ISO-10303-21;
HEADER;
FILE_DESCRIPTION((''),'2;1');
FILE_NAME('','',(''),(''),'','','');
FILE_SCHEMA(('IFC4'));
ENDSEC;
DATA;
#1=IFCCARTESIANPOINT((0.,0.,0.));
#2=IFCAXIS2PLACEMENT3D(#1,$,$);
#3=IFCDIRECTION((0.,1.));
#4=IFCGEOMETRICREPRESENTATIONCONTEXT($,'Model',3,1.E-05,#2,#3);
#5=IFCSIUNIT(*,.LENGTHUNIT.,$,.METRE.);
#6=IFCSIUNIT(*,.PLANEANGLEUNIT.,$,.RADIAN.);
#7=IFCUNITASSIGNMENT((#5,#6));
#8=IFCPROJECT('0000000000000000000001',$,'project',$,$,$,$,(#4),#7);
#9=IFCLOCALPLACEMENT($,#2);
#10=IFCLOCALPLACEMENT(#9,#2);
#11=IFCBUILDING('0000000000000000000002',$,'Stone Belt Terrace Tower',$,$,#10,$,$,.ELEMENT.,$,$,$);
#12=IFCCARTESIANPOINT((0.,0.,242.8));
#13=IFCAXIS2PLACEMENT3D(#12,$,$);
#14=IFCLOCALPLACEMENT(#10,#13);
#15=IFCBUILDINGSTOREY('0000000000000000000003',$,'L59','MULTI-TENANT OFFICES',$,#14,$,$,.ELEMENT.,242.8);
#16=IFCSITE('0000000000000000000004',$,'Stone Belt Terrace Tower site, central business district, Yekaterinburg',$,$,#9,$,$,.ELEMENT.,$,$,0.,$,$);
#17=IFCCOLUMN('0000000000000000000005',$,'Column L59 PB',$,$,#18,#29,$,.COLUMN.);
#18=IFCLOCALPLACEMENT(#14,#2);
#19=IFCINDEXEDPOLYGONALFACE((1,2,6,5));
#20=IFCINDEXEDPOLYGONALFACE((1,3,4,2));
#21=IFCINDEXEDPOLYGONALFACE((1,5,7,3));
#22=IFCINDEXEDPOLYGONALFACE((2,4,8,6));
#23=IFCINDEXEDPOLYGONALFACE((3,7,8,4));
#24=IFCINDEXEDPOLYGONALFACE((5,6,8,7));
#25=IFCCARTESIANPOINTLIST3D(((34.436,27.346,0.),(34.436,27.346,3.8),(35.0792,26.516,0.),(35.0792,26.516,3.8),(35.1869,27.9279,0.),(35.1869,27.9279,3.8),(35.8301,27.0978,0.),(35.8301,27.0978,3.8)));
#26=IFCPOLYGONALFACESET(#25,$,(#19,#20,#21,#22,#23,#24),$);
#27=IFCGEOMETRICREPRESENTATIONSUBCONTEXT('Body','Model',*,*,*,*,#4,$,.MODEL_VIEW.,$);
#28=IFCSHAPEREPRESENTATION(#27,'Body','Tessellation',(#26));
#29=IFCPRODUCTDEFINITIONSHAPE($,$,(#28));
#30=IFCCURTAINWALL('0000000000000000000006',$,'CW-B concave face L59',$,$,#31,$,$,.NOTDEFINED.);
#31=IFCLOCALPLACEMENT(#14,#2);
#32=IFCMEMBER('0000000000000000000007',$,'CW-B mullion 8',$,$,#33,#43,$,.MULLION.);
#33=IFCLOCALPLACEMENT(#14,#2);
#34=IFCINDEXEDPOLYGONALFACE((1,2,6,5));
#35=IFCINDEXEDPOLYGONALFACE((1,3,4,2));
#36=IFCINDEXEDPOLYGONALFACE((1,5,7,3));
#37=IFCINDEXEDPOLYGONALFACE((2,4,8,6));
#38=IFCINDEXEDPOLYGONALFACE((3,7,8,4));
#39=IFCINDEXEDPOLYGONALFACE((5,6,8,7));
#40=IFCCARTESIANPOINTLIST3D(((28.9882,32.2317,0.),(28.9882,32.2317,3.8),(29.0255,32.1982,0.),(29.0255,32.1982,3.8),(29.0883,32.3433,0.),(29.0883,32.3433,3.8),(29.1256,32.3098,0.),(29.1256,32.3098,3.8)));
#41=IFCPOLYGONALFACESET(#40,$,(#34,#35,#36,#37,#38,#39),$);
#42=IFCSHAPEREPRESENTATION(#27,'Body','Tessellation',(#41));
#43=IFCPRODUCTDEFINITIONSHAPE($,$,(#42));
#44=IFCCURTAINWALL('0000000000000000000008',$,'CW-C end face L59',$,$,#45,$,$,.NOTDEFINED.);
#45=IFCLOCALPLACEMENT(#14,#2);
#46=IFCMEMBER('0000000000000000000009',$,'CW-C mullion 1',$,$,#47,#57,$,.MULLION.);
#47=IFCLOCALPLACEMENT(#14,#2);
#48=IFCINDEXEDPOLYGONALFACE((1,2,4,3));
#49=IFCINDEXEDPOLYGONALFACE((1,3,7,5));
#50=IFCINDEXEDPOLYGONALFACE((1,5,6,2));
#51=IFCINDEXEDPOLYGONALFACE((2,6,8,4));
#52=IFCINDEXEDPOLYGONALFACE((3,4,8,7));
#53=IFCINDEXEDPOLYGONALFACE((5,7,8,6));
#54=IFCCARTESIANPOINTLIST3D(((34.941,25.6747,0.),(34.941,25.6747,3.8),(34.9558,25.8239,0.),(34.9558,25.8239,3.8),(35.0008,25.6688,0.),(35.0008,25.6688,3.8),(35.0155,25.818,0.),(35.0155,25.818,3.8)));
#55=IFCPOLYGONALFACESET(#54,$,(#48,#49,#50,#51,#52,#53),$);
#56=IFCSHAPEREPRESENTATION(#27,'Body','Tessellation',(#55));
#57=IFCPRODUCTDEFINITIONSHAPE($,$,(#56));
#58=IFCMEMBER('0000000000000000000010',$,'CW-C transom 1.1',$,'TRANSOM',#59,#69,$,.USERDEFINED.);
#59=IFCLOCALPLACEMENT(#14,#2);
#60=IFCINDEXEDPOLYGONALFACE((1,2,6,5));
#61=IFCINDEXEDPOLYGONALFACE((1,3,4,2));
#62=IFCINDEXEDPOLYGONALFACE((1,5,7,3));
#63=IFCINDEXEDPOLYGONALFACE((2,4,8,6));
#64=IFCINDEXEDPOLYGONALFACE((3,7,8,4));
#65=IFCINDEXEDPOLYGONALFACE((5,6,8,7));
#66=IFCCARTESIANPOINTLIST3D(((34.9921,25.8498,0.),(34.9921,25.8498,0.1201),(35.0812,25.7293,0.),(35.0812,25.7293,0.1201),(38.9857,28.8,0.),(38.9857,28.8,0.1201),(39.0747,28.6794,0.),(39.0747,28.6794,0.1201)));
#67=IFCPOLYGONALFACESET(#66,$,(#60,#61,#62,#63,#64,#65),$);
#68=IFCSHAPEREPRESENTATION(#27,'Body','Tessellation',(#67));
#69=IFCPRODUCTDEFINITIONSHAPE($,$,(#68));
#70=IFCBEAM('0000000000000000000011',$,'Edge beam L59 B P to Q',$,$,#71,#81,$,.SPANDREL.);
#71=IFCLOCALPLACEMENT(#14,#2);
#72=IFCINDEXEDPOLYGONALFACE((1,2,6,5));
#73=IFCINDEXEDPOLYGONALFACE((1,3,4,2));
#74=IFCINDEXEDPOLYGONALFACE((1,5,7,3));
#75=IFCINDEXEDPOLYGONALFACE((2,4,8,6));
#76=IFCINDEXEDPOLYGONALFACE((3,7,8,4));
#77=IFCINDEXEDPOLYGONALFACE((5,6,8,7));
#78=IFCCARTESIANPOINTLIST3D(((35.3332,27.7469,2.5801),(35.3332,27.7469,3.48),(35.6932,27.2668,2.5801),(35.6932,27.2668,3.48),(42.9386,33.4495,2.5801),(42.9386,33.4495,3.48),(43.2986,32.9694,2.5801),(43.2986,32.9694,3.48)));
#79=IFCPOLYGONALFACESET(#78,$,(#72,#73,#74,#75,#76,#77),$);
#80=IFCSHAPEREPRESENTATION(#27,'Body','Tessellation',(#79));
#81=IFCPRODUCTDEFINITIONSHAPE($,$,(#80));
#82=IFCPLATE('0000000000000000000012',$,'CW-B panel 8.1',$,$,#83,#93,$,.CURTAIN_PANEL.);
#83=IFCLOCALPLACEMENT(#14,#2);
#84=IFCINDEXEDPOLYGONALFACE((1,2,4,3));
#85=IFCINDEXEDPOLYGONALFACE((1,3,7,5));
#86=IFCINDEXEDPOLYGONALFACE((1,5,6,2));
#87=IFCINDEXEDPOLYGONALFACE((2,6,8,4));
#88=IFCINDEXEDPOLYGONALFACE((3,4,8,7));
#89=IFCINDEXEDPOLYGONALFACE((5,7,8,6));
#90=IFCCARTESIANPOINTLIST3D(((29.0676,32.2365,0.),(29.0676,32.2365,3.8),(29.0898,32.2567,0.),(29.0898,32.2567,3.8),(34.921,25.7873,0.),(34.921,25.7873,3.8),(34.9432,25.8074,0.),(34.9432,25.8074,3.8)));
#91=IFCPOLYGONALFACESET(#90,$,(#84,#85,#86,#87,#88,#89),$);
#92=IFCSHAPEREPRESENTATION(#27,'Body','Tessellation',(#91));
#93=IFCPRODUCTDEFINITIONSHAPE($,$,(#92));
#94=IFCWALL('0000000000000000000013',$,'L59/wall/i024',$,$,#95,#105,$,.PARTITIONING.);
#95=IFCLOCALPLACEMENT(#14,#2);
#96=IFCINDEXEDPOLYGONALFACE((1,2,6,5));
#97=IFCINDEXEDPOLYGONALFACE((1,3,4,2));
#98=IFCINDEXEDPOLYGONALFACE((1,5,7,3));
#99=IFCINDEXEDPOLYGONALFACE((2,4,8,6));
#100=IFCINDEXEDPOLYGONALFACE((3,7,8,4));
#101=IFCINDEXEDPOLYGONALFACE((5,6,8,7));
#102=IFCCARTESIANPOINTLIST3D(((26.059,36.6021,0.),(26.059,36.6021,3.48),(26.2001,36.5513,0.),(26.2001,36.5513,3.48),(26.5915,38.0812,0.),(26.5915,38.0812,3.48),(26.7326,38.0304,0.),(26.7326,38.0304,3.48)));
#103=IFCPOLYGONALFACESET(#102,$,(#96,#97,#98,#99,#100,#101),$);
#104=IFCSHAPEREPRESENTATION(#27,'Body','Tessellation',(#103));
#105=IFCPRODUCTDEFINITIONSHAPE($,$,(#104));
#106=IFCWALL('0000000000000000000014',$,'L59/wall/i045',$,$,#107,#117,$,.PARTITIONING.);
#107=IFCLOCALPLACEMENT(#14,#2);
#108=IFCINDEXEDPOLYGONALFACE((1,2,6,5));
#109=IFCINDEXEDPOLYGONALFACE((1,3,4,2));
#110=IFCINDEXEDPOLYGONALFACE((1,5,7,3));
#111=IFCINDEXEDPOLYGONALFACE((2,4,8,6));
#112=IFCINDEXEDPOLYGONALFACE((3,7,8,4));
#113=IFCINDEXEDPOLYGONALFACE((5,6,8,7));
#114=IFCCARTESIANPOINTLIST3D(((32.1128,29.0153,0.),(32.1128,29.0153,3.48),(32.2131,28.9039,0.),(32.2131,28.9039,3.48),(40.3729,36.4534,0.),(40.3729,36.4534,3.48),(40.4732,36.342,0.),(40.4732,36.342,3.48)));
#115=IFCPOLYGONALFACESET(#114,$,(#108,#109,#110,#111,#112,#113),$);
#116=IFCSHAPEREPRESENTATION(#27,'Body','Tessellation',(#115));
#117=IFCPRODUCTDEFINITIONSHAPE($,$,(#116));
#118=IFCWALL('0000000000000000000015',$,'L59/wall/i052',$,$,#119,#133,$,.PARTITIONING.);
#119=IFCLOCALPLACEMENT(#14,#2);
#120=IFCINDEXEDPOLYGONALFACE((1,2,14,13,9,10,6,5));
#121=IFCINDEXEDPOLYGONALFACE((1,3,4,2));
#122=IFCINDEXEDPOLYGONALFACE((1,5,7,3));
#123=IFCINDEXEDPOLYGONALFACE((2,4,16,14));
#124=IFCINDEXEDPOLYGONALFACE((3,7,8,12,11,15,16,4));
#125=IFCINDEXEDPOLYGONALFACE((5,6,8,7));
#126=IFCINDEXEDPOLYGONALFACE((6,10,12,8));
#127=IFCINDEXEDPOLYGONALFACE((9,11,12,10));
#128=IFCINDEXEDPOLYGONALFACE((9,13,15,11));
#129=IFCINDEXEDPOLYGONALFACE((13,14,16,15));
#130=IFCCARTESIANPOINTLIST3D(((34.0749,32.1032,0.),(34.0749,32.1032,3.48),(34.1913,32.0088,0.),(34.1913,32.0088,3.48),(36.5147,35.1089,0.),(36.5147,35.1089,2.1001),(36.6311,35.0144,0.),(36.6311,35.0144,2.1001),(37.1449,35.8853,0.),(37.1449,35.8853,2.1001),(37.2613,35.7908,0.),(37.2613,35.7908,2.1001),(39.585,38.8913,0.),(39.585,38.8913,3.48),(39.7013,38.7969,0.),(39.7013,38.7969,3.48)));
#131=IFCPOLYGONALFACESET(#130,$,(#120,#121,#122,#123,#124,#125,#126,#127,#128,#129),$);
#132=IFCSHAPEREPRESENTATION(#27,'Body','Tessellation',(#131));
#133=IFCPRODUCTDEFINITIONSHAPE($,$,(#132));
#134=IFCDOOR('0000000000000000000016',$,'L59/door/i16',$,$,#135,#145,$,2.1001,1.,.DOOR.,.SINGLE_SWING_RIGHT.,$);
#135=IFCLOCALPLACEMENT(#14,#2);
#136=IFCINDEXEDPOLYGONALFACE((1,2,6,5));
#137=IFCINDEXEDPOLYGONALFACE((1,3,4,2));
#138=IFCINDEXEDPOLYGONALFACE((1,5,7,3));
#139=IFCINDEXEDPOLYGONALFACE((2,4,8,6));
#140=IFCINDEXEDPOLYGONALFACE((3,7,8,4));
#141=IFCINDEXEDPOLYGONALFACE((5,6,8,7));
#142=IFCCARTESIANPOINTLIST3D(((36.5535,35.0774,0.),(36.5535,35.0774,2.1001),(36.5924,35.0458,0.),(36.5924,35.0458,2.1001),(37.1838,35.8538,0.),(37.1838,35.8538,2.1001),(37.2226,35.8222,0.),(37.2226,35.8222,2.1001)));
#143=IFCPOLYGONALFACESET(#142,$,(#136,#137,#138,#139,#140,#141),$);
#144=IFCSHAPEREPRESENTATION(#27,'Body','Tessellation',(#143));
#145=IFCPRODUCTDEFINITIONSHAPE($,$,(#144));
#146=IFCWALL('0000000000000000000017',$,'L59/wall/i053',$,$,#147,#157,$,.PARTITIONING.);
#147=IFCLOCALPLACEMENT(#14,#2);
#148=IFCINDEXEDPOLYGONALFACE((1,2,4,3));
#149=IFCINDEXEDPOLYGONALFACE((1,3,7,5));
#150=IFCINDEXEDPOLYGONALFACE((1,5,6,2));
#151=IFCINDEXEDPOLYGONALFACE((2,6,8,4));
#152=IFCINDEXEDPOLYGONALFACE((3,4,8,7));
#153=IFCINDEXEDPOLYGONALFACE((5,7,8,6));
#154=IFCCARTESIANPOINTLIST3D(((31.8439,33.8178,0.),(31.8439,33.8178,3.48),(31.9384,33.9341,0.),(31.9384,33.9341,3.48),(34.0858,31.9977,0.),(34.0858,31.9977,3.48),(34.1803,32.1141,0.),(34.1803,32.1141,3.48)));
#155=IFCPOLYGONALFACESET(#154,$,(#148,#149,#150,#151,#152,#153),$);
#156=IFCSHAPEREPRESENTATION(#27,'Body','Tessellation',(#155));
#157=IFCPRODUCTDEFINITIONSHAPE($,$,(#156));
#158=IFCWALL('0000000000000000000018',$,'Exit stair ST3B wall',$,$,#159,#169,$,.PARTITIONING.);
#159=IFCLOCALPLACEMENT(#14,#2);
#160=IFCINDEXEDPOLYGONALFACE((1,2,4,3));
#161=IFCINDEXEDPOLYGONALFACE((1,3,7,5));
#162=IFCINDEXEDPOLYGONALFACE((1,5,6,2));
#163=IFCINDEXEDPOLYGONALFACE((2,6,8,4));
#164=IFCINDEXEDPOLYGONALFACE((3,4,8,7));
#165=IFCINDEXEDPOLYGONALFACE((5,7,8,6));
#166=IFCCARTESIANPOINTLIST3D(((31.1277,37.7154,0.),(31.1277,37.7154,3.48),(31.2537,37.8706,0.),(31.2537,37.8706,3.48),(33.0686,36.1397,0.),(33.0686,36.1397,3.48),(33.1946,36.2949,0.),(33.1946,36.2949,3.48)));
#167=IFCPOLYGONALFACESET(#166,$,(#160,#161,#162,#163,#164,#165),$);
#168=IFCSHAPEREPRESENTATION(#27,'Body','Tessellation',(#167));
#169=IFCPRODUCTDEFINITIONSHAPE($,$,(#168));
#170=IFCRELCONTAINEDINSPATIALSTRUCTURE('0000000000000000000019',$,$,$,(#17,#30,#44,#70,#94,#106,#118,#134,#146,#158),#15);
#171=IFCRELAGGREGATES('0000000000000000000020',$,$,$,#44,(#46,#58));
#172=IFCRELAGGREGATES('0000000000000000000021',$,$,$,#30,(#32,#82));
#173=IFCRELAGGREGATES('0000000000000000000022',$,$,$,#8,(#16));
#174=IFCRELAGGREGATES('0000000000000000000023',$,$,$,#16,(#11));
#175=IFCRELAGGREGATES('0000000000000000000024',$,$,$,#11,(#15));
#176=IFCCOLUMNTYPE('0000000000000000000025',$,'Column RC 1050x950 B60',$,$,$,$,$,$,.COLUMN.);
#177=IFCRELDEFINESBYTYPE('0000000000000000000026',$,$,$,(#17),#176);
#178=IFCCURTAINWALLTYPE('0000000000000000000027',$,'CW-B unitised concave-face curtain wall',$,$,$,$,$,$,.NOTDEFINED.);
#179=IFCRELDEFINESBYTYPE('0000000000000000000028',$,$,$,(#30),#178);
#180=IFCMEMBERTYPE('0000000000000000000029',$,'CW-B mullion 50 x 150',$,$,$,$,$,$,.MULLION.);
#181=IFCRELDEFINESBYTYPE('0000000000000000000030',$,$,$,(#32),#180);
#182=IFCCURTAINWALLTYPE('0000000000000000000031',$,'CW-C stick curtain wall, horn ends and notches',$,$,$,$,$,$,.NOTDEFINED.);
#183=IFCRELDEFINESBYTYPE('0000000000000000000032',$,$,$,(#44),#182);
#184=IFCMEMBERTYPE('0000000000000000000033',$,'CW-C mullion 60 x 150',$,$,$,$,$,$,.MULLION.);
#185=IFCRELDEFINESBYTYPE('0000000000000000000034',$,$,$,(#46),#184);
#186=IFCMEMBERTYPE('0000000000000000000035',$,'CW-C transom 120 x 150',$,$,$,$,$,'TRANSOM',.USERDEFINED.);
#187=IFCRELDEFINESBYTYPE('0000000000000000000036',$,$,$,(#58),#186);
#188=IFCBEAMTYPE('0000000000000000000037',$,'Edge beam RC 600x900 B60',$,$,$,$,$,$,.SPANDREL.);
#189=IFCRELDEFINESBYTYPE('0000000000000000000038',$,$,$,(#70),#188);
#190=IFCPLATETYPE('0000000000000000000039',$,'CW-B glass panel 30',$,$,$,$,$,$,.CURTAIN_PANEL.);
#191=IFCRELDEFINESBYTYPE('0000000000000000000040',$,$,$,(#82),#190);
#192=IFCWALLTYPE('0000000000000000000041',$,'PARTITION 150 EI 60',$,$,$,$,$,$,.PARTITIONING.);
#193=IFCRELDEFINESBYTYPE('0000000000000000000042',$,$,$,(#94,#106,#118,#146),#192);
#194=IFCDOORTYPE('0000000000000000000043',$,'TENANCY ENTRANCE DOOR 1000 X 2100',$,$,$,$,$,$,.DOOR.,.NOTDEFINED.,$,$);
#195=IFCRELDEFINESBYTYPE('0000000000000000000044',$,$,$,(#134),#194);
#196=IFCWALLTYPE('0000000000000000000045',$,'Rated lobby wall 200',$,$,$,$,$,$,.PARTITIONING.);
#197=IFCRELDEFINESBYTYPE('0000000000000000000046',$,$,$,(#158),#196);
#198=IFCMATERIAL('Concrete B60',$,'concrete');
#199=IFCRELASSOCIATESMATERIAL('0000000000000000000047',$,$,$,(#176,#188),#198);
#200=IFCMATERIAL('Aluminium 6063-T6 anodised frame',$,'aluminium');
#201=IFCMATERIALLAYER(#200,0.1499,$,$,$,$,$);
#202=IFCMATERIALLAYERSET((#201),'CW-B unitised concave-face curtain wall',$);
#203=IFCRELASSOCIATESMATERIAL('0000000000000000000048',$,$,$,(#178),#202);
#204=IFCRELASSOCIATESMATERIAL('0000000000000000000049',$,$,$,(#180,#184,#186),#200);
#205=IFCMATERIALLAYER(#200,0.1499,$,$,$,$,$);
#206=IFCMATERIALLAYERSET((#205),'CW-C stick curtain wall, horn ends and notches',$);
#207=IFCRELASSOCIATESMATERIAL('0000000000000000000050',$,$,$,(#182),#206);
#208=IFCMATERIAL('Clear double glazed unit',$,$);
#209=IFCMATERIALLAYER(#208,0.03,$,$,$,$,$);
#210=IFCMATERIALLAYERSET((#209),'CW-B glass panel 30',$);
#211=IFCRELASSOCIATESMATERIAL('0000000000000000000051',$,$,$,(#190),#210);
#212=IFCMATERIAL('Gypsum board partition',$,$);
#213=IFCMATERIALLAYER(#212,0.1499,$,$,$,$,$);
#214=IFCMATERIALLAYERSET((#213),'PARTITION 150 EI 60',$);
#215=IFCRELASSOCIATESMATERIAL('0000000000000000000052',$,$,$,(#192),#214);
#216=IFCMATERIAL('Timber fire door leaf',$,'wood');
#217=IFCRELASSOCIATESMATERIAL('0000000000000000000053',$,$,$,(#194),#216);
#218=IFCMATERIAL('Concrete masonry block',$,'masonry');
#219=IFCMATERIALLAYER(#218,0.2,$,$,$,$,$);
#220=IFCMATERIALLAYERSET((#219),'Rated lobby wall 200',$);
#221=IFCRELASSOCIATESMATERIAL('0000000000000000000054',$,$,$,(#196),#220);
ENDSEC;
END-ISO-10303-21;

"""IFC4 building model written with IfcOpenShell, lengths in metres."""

from ifc_helpers import new_model, si_unit, direction, frame, frame_2d, origin, origin_2d, place, context, subcontext, project, spatial, rectangle, extrude, material, layer, layer_set, material_profile, profile_set, type_object, element, fill, aggregate, save


model = new_model("IFC4")

# Units and contexts
model_context = context("Model", 3, precision=1e-05, world=origin(), true_north=direction((0.0, 1.0)))
body_context = subcontext(model_context, "Body", "Model", "MODEL_VIEW")
ifc_project = project(units=[si_unit("LENGTHUNIT", "METRE"), si_unit("PLANEANGLEUNIT", "RADIAN")], contexts=[model_context])

# Site, building, storey
site_placement = place(None, origin())
site = spatial("IfcSite", under=ifc_project, at=site_placement, Name="Stone Belt Terrace Tower site, central business district, Yekaterinburg", CompositionType="ELEMENT", RefElevation=0.0)
building_placement = place(site_placement, origin())
building = spatial("IfcBuilding", under=site, at=building_placement, Name="Stone Belt Terrace Tower", CompositionType="ELEMENT")
storey_placement = place(building_placement, frame((0.0, 0.0, 242.8)))
storey = spatial("IfcBuildingStorey", under=building, at=storey_placement, Name="L59", Description="MULTI-TENANT OFFICES", CompositionType="ELEMENT", Elevation=242.8)

# Column
ifc_material_1 = material(Name="Concrete B60", Category="concrete")
ifc_material_profile_1 = material_profile(ifc_material_1, rectangle(XDim=1.05, YDim=0.95, at=origin_2d()), Name="RC 1050x950")
ifc_profile_set_1 = profile_set([ifc_material_profile_1], Name="Concrete B60")
column_type = type_object("IfcColumnType", Name="Column RC 1050x950 B60", PredefinedType="COLUMN", material=ifc_profile_set_1)
column_placement = place(storey_placement, frame((35.1331, 27.2219, 0.0), z_axis=(0.0, 0.0, 1.0), x_axis=(0.612485, -0.790482, 0.0)))
element("IfcColumn", 1, at=column_placement, inside=storey, type_object=column_type, Name="Column L59 PB", PredefinedType="COLUMN", context=body_context, shape_type="SweptSolid", body=[
    extrude(rectangle(XDim=1.05, YDim=0.95, at=origin_2d()), origin(), (0.0, 0.0, 1.0), 3.8),
])

# Curtain wall, member
ifc_material_2 = material(Name="Aluminium 6063-T6 anodised frame", Category="aluminium")
ifc_layer_1 = layer(ifc_material_2, 0.1499)
ifc_layer_set_1 = layer_set([ifc_layer_1], Name="CW-B unitised concave-face curtain wall")
curtain_wall_type_1 = type_object("IfcCurtainWallType", Name="CW-B unitised concave-face curtain wall", PredefinedType="NOTDEFINED", material=ifc_layer_set_1)
curtain_wall_1_placement = place(storey_placement, origin())
curtain_wall_1 = element("IfcCurtainWall", 2, at=curtain_wall_1_placement, inside=storey, type_object=curtain_wall_type_1, Name="CW-B concave face L59", PredefinedType="NOTDEFINED")
ifc_material_profile_2 = material_profile(ifc_material_2, rectangle(XDim=0.1499, YDim=0.05, at=origin_2d()), Name="Aluminium 6063-T6 50x150")
ifc_profile_set_2 = profile_set([ifc_material_profile_2], Name="Aluminium 6063-T6 anodised frame")
member_type_1 = type_object("IfcMemberType", Name="CW-B mullion 50 x 150", PredefinedType="MULLION", material=ifc_profile_set_2)
member_1_placement = place(storey_placement, frame((29.0569, 32.2708, 0.0), z_axis=(0.0, 0.0, 1.0), x_axis=(0.667656, 0.74447, 0.0)))
member_1 = element("IfcMember", 3, at=member_1_placement, type_object=member_type_1, Name="CW-B mullion 8", PredefinedType="MULLION", context=body_context, shape_type="SweptSolid", body=[
    extrude(rectangle(XDim=0.1499, YDim=0.05, at=origin_2d()), origin(), (0.0, 0.0, 1.0), 3.8),
])

# Curtain wall, members
ifc_layer_2 = layer(ifc_material_2, 0.1499)
ifc_layer_set_2 = layer_set([ifc_layer_2], Name="CW-C stick curtain wall, horn ends and notches")
curtain_wall_type_2 = type_object("IfcCurtainWallType", Name="CW-C stick curtain wall, horn ends and notches", PredefinedType="NOTDEFINED", material=ifc_layer_set_2)
curtain_wall_2_placement = place(storey_placement, origin())
curtain_wall_2 = element("IfcCurtainWall", 4, at=curtain_wall_2_placement, inside=storey, type_object=curtain_wall_type_2, Name="CW-C end face L59", PredefinedType="NOTDEFINED")
ifc_material_profile_3 = material_profile(ifc_material_2, rectangle(XDim=0.1499, YDim=0.0601, at=origin_2d()), Name="Aluminium 6063-T6 60x150")
ifc_profile_set_3 = profile_set([ifc_material_profile_3], Name="Aluminium 6063-T6 anodised frame")
member_type_2 = type_object("IfcMemberType", Name="CW-C mullion 60 x 150", PredefinedType="MULLION", material=ifc_profile_set_3)
member_2_placement = place(storey_placement, frame((34.9783, 25.7463, 0.0), z_axis=(0.0, 0.0, 1.0), x_axis=(0.09861, 0.995126, 0.0)))
member_2 = element("IfcMember", 5, at=member_2_placement, type_object=member_type_2, Name="CW-C mullion 1", PredefinedType="MULLION", context=body_context, shape_type="SweptSolid", body=[
    extrude(rectangle(XDim=0.1499, YDim=0.0601, at=origin_2d()), origin(), (0.0, 0.0, 1.0), 3.8),
])
ifc_material_profile_4 = material_profile(ifc_material_2, rectangle(XDim=0.1499, YDim=0.1201, at=origin_2d()), Name="Aluminium 6063-T6 150x120")
ifc_profile_set_4 = profile_set([ifc_material_profile_4], Name="Aluminium 6063-T6 anodised frame")
member_type_3 = type_object("IfcMemberType", Name="CW-C transom 120 x 150", ElementType="TRANSOM", PredefinedType="USERDEFINED", material=ifc_profile_set_4)
member_3_placement = place(storey_placement, frame((35.0366, 25.7896, 0.0601), z_axis=(0.804333, 0.594178, 0.0), x_axis=(-0.594178, 0.804333, 0.0)))
member_3 = element("IfcMember", 6, at=member_3_placement, type_object=member_type_3, Name="CW-C transom 1.1", ObjectType="TRANSOM", PredefinedType="USERDEFINED", context=body_context, shape_type="SweptSolid", body=[
    extrude(rectangle(XDim=0.1499, YDim=0.1201, at=origin_2d()), origin(), (0.0, 0.0, 1.0), 4.9651),
])
aggregate(curtain_wall_2, [member_2, member_3])

# Beam
ifc_material_profile_5 = material_profile(ifc_material_1, rectangle(XDim=0.6001, YDim=0.8999, at=origin_2d()), Name="RC 600x900")
ifc_profile_set_5 = profile_set([ifc_material_profile_5], Name="Concrete B60")
beam_type = type_object("IfcBeamType", Name="Edge beam RC 600x900 B60", PredefinedType="SPANDREL", material=ifc_profile_set_5)
beam_placement = place(storey_placement, frame((35.5132, 27.5068, 3.03), z_axis=(0.800074, 0.599901, 0.0), x_axis=(-0.599901, 0.800074, 0.0)))
element("IfcBeam", 7, at=beam_placement, inside=storey, type_object=beam_type, Name="Edge beam L59 B P to Q", PredefinedType="SPANDREL", context=body_context, shape_type="SweptSolid", body=[
    extrude(rectangle(XDim=0.6001, YDim=0.8999, at=origin_2d()), origin(), (0.0, 0.0, 1.0), 9.5059),
])

# Plate
ifc_material_3 = material(Name="Clear double glazed unit")
ifc_layer_3 = layer(ifc_material_3, 0.03)
ifc_layer_set_3 = layer_set([ifc_layer_3], Name="CW-B glass panel 30")
plate_type = type_object("IfcPlateType", Name="CW-B glass panel 30", PredefinedType="CURTAIN_PANEL", material=ifc_layer_set_3)
plate_placement = place(storey_placement, frame((32.0054, 29.022, 0.0), z_axis=(0.0, 0.0, 1.0), x_axis=(0.672073, -0.740485, 0.0)))
plate = element("IfcPlate", 8, at=plate_placement, type_object=plate_type, Name="CW-B panel 8.1", PredefinedType="CURTAIN_PANEL", context=body_context, shape_type="SweptSolid", body=[
    extrude(rectangle(XDim=8.7095, YDim=0.03, at=origin_2d()), origin(), (0.0, 0.0, 1.0), 3.8),
])
aggregate(curtain_wall_1, [member_1, plate])

# Walls
ifc_material_4 = material(Name="Gypsum board partition")
ifc_layer_4 = layer(ifc_material_4, 0.1499)
ifc_layer_set_4 = layer_set([ifc_layer_4], Name="PARTITION 150 EI 60")
wall_type_1 = type_object("IfcWallType", Name="PARTITION 150 EI 60", PredefinedType="PARTITIONING", material=ifc_layer_set_4)
wall_1_placement = place(storey_placement, frame((26.6621, 38.0559, 0.0), z_axis=(0.0, 0.0, 1.0), x_axis=(-0.338736, -0.940881, 0.0)))
element("IfcWall", 9, at=wall_1_placement, inside=storey, type_object=wall_type_1, Name="L59/wall/i024", PredefinedType="PARTITIONING", context=body_context, shape_type="SweptSolid", body=[
    extrude(rectangle(XDim=1.572, YDim=0.1499, at=frame_2d((0.7861, 0.0))), origin(), (0.0, 0.0, 1.0), 3.48),
])
wall_2_placement = place(storey_placement, frame((32.1631, 28.9597, 0.0), z_axis=(0.0, 0.0, 1.0), x_axis=(0.743116, 0.669163, 0.0)))
element("IfcWall", 10, at=wall_2_placement, inside=storey, type_object=wall_type_1, Name="L59/wall/i045", PredefinedType="PARTITIONING", context=body_context, shape_type="SweptSolid", body=[
    extrude(rectangle(XDim=11.1155, YDim=0.1499, at=frame_2d((5.5576, 0.0))), origin(), (0.0, 0.0, 1.0), 3.48),
])

# Wall, opening, door
wall_3_placement = place(storey_placement, frame((34.1331, 32.0559, 0.0), z_axis=(0.0, 0.0, 1.0), x_axis=(0.630227, 0.776411, 0.0)))
wall_3 = element("IfcWall", 11, at=wall_3_placement, inside=storey, type_object=wall_type_1, Name="L59/wall/i052", PredefinedType="PARTITIONING", context=body_context, shape_type="SweptSolid", body=[
    extrude(rectangle(XDim=8.7429, YDim=0.1499, at=frame_2d((4.3716, 0.0))), origin(), (0.0, 0.0, 1.0), 3.48),
])
opening_1_placement = place(wall_3_placement, frame((3.8713, 0.0, 0.0)))
opening_1 = element("IfcOpeningElement", 12, at=opening_1_placement, cuts=wall_3, PredefinedType="OPENING", context=body_context, shape_type="SweptSolid", body=[
    extrude(rectangle(XDim=1.0, YDim=2.1001, at=frame_2d((0.5, 1.05))), frame((0.0, 0.085, 0.0), z_axis=(0.0, -1.0, 0.0), x_axis=(1.0, 0.0, 0.0)), (0.0, 0.0, 1.0), 0.1699),
])
ifc_material_5 = material(Name="Timber fire door leaf", Category="wood")
door_type_1 = type_object("IfcDoorType", Name="TENANCY ENTRANCE DOOR 1000 X 2100", OperationType="NOTDEFINED", PredefinedType="DOOR", material=ifc_material_5)
door_1_placement = place(opening_1_placement, origin())
door_1 = element("IfcDoor", 13, at=door_1_placement, inside=storey, type_object=door_type_1, Name="L59/door/i16", OperationType="SINGLE_SWING_RIGHT", OverallHeight=2.1001, OverallWidth=1.0, PredefinedType="DOOR", context=body_context, shape_type="SweptSolid", body=[
    extrude(rectangle(XDim=1.0, YDim=2.1001, at=frame_2d((0.5, 1.05))), frame((0.0, 0.0249, 0.0), z_axis=(0.0, -1.0, 0.0), x_axis=(1.0, 0.0, 0.0)), (0.0, 0.0, 1.0), 0.05),
])
fill(opening_1, door_1)

# Walls
wall_4_placement = place(storey_placement, frame((34.1331, 32.0559, 0.0), z_axis=(0.0, 0.0, 1.0), x_axis=(-0.77637, 0.630277, 0.0)))
element("IfcWall", 14, at=wall_4_placement, inside=storey, type_object=wall_type_1, Name="L59/wall/i053", PredefinedType="PARTITIONING", context=body_context, shape_type="SweptSolid", body=[
    extrude(rectangle(XDim=2.8877, YDim=0.1499, at=frame_2d((1.4438, 0.0))), origin(), (0.0, 0.0, 1.0), 3.48),
])
ifc_material_6 = material(Name="Concrete masonry block", Category="masonry")
ifc_layer_5 = layer(ifc_material_6, 0.2)
ifc_layer_set_5 = layer_set([ifc_layer_5], Name="Rated lobby wall 200")
wall_type_2 = type_object("IfcWallType", Name="Rated lobby wall 200", PredefinedType="PARTITIONING", material=ifc_layer_set_5)
wall_5_placement = place(storey_placement, frame((31.1907, 37.793, 0.0), z_axis=(0.0, 0.0, 1.0), x_axis=(0.776371, -0.630276, 0.0)))
element("IfcWall", 15, at=wall_5_placement, inside=storey, type_object=wall_type_2, Name="Exit stair ST3B wall", PredefinedType="PARTITIONING", context=body_context, shape_type="SweptSolid", body=[
    extrude(rectangle(XDim=2.5, YDim=0.2, at=frame_2d((1.25, 0.0))), origin(), (0.0, 0.0, 1.0), 3.48),
])

save(model, "model.ifc")
